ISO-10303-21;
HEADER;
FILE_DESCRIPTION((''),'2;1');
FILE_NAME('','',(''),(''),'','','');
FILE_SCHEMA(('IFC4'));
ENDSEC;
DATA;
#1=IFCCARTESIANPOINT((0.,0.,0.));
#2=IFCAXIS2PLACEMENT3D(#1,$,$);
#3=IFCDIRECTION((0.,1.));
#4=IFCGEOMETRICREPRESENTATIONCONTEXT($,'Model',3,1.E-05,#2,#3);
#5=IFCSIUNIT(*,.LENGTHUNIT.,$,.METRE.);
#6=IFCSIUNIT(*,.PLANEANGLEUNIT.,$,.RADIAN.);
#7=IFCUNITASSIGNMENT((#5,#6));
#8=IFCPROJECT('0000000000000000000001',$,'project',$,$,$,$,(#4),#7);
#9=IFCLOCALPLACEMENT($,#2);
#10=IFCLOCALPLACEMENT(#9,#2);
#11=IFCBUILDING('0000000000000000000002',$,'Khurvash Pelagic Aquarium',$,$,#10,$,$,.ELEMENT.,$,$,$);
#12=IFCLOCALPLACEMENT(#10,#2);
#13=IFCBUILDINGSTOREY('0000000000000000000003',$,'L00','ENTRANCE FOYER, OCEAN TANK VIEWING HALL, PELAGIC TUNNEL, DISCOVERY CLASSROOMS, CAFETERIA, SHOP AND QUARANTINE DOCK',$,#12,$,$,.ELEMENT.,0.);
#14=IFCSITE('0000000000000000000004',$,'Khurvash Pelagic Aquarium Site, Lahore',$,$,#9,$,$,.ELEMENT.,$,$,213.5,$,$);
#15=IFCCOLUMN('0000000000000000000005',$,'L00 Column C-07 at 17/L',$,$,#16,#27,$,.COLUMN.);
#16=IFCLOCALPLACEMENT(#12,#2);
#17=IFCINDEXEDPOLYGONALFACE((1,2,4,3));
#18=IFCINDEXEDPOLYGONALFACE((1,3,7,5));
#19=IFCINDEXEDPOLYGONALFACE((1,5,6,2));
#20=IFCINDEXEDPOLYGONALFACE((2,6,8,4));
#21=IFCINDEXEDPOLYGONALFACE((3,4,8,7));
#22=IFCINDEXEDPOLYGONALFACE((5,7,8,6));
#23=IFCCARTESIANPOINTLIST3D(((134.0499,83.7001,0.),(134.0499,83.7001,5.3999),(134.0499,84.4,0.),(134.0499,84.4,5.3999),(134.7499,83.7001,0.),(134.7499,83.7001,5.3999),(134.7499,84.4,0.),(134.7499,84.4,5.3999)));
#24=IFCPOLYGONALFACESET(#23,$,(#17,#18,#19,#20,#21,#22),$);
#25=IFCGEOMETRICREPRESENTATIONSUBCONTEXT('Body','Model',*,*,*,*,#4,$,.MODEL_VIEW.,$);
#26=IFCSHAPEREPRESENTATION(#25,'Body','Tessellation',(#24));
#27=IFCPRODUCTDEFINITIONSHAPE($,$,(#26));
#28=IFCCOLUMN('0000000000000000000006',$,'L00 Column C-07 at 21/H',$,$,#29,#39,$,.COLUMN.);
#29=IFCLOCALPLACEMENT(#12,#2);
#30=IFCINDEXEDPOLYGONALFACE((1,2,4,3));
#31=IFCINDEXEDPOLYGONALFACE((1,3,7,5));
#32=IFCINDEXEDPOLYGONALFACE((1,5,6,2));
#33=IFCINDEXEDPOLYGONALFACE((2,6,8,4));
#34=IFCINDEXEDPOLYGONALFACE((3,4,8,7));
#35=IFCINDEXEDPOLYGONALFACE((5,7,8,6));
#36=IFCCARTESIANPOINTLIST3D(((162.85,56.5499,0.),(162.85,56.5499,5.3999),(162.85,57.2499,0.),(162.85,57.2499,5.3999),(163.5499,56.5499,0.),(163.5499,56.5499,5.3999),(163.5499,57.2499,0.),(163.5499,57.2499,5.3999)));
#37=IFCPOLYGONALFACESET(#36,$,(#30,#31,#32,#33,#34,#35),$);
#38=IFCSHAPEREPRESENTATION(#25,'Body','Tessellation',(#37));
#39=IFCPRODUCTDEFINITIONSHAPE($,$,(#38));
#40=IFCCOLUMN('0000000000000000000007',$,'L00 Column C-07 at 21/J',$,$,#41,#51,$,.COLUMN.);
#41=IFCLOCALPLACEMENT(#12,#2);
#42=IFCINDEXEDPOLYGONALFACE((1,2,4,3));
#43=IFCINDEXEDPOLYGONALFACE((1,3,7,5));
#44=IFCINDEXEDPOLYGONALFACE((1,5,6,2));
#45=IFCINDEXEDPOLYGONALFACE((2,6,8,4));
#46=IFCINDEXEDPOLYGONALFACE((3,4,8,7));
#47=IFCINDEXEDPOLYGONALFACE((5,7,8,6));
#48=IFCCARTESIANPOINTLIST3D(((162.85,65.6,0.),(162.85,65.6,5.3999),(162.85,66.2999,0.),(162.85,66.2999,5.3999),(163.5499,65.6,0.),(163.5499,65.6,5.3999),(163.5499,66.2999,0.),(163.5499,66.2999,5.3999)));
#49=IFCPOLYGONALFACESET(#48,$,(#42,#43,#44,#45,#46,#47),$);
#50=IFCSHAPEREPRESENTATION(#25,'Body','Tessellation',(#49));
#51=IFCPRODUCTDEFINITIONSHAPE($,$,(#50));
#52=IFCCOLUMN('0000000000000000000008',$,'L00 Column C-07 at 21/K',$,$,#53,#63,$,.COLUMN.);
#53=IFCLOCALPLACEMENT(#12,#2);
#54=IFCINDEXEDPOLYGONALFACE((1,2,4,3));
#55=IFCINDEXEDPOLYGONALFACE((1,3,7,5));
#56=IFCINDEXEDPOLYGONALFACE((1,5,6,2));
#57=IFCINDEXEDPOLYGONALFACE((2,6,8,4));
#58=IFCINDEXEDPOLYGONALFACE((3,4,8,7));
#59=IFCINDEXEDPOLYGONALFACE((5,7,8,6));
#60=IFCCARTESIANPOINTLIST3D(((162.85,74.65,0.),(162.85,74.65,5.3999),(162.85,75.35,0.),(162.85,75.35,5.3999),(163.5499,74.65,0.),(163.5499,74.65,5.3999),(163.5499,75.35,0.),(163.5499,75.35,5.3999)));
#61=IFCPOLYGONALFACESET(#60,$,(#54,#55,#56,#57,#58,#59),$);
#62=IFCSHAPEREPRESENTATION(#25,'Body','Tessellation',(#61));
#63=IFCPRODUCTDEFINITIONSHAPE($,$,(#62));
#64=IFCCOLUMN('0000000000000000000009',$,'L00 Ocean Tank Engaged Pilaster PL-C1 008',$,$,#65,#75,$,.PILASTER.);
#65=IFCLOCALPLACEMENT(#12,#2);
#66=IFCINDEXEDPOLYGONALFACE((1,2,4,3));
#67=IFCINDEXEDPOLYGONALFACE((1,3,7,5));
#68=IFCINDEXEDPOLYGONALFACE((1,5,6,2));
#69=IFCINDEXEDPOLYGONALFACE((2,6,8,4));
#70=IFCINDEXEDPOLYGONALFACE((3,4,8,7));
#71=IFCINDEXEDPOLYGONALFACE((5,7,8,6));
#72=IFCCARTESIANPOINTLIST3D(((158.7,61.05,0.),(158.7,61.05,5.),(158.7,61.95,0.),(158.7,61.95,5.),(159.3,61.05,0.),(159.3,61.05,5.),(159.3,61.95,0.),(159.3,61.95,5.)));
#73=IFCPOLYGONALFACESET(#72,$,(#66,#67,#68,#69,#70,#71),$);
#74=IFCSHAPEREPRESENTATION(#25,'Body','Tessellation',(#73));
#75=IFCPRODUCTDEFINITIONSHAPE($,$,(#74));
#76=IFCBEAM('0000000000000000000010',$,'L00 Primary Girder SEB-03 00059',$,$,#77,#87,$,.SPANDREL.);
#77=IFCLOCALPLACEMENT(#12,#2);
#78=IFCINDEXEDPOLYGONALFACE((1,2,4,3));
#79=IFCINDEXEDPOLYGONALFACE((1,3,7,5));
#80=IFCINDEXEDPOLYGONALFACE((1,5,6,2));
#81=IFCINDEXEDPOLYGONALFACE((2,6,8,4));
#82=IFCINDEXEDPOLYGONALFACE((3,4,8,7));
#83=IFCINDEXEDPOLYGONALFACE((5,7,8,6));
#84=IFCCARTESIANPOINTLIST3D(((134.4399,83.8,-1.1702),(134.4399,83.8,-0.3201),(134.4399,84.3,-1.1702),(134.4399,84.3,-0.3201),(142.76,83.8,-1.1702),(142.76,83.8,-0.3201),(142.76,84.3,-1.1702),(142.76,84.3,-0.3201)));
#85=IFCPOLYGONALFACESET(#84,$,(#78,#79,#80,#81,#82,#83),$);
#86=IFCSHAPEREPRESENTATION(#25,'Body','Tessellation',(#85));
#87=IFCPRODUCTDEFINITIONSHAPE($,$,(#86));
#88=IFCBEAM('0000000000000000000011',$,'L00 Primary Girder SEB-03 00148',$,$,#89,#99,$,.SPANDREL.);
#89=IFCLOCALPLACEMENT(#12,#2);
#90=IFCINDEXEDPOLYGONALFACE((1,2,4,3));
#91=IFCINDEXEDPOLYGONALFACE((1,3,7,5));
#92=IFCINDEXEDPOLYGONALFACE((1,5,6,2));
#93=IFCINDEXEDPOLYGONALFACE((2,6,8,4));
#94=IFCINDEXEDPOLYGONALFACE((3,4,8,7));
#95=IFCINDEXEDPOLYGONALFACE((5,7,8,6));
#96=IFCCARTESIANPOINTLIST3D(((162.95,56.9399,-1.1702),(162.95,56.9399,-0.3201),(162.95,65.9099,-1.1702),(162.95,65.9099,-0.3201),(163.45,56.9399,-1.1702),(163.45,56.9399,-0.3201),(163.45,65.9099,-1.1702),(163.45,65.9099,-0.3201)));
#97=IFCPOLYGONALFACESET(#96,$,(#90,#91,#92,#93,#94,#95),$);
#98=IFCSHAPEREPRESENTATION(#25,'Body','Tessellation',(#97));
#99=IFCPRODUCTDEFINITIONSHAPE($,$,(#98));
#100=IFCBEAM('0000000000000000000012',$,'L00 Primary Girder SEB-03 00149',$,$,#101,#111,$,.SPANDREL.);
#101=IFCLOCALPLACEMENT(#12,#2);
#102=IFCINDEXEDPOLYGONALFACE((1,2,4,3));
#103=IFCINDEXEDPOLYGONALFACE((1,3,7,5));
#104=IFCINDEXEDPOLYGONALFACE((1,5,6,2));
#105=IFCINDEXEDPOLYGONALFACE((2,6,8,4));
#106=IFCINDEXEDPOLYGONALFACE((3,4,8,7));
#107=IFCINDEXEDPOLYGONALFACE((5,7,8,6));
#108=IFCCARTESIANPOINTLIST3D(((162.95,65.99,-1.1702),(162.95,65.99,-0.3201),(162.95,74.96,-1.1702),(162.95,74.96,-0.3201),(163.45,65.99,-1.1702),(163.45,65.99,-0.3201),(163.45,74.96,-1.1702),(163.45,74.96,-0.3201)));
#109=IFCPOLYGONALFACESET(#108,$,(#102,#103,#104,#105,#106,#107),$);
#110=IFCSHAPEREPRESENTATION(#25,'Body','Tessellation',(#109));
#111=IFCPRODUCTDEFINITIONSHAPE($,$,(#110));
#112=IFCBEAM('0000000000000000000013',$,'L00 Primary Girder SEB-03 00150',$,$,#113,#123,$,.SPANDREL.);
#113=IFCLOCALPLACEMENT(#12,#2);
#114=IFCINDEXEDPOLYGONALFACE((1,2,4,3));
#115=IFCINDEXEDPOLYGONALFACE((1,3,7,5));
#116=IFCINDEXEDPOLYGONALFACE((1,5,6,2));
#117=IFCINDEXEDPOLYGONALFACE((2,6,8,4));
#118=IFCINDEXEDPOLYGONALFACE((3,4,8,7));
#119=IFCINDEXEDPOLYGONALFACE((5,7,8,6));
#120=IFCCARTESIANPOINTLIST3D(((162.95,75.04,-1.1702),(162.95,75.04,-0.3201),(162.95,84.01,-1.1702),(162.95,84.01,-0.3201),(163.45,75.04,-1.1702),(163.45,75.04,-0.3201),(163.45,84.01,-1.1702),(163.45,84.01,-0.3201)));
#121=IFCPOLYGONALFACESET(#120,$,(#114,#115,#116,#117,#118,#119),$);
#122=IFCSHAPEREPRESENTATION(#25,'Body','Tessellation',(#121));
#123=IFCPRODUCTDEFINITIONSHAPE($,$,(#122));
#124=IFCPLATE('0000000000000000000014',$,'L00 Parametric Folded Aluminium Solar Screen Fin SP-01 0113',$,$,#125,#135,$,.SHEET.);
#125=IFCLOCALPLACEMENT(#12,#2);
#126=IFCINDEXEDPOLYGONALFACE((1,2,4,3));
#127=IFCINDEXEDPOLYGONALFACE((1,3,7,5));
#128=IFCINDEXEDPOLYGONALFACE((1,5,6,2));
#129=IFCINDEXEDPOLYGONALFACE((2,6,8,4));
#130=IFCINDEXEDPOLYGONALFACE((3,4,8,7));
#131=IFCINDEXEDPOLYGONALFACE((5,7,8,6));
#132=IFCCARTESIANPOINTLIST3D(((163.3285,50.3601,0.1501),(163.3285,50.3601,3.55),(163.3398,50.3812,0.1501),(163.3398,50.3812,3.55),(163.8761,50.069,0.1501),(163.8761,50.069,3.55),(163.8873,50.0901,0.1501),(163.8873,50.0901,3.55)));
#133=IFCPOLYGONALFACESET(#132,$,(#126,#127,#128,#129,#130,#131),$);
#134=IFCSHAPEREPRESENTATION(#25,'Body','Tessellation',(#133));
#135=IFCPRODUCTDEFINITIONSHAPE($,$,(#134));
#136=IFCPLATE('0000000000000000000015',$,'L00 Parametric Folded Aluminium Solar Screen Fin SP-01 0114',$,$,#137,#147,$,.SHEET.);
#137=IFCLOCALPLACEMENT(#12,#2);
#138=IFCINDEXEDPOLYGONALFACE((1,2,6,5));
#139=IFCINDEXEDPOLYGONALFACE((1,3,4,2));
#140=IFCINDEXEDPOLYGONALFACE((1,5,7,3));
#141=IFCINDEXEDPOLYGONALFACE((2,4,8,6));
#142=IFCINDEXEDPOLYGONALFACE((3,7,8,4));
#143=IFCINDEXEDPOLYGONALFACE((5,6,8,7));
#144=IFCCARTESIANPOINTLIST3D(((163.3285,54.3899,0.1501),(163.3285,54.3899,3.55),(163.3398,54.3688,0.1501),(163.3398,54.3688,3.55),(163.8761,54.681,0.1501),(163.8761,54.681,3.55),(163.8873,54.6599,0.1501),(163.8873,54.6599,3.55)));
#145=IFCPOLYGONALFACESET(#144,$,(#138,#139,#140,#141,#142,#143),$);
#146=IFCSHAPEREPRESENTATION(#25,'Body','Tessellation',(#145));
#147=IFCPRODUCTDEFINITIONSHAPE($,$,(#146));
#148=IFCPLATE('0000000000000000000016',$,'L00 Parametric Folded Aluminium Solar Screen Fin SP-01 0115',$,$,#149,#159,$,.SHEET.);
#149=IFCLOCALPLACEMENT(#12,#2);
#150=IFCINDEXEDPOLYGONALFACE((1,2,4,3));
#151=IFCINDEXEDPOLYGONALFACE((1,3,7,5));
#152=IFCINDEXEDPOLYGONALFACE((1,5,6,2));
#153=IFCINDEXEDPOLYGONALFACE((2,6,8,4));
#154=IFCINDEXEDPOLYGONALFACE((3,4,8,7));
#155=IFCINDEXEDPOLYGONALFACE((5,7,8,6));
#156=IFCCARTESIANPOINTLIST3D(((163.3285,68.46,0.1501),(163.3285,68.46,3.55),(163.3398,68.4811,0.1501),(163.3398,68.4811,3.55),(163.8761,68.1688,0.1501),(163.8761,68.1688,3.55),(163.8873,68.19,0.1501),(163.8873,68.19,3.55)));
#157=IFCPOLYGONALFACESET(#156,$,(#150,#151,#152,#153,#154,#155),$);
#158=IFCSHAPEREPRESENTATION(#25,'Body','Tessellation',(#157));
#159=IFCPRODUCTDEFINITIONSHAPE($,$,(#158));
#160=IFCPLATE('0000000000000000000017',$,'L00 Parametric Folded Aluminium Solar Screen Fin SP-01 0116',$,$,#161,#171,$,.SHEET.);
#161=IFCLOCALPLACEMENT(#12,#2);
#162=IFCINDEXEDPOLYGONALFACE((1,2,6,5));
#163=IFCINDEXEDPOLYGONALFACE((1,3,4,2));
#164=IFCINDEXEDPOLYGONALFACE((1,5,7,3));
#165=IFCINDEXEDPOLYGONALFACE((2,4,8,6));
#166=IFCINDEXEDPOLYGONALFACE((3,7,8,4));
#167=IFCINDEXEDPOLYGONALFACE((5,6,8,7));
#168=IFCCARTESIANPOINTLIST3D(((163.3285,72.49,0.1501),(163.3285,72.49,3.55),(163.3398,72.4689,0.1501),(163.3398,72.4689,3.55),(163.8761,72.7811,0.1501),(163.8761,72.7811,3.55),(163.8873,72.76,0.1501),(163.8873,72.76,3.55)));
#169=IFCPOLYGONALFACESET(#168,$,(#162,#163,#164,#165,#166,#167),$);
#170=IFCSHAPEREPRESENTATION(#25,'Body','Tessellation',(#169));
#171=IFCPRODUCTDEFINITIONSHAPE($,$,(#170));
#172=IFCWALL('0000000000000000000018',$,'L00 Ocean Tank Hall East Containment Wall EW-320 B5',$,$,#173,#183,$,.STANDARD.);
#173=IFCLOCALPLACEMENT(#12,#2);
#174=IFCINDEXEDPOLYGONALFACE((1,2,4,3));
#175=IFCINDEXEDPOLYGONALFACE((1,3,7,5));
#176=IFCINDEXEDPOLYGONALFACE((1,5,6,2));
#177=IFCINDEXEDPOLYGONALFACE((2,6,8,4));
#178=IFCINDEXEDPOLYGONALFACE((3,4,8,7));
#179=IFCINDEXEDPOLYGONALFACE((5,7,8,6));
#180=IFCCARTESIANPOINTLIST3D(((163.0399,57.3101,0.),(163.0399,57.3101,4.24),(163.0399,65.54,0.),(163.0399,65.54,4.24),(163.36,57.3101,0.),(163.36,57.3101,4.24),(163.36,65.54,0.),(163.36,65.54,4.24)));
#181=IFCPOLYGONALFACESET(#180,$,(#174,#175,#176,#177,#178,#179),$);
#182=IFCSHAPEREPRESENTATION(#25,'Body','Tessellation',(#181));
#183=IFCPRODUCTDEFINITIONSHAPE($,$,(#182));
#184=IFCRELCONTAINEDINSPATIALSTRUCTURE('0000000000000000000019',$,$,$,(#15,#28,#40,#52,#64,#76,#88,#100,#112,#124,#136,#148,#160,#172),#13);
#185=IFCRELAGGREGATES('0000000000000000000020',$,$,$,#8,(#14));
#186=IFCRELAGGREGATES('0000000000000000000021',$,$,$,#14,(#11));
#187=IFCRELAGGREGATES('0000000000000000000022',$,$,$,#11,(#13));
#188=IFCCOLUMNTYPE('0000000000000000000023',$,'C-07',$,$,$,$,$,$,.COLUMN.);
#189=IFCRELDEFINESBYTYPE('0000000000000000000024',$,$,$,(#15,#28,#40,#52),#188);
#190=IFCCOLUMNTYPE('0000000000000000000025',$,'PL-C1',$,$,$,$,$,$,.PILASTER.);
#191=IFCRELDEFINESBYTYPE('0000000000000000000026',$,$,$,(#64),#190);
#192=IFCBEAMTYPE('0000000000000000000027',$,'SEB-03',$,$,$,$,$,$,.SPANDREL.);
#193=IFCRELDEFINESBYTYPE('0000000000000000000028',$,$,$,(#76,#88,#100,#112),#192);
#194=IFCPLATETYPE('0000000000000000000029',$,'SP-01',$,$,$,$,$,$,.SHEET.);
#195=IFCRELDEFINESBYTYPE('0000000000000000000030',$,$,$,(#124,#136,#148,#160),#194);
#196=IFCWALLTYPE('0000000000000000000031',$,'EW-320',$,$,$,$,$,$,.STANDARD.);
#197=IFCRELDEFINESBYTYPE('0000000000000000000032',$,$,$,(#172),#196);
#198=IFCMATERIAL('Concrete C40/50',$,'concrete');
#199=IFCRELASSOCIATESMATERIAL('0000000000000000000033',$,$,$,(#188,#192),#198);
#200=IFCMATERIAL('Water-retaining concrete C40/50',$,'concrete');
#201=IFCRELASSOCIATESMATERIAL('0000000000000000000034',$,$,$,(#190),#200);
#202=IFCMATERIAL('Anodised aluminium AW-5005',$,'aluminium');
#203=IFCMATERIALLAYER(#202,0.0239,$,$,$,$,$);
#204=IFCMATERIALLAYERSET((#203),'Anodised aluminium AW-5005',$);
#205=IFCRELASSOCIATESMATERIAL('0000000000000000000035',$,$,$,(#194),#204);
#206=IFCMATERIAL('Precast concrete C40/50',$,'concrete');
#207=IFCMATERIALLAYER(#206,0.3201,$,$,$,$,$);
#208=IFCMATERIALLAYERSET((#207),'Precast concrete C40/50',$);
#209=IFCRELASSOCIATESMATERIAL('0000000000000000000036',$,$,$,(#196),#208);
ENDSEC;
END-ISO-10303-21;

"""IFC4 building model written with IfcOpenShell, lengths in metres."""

from ifc_helpers import new_model, si_unit, direction, frame, frame_2d, origin, origin_2d, place, context, subcontext, project, spatial, rectangle, extrude, material, layer, layer_set, material_profile, profile_set, type_object, element, save


model = new_model("IFC4")

# Units and contexts
model_context = context("Model", 3, precision=1e-05, world=origin(), true_north=direction((0.0, 1.0)))
body_context = subcontext(model_context, "Body", "Model", "MODEL_VIEW")
ifc_project = project(units=[si_unit("LENGTHUNIT", "METRE"), si_unit("PLANEANGLEUNIT", "RADIAN")], contexts=[model_context])

# Site, building, storey
site_placement = place(None, origin())
site = spatial("IfcSite", under=ifc_project, at=site_placement, Name="Khurvash Pelagic Aquarium Site, Lahore", CompositionType="ELEMENT", RefElevation=213.5)
building_placement = place(site_placement, origin())
building = spatial("IfcBuilding", under=site, at=building_placement, Name="Khurvash Pelagic Aquarium", CompositionType="ELEMENT")
storey_placement = place(building_placement, origin())
storey = spatial("IfcBuildingStorey", under=building, at=storey_placement, Name="L00", Description="ENTRANCE FOYER, OCEAN TANK VIEWING HALL, PELAGIC TUNNEL, DISCOVERY CLASSROOMS, CAFETERIA, SHOP AND QUARANTINE DOCK", CompositionType="ELEMENT", Elevation=0.0)

# Columns
ifc_material_1 = material(Name="Concrete C40/50", Category="concrete")
ifc_material_profile_1 = material_profile(ifc_material_1, rectangle(XDim=0.7, YDim=0.7, at=origin_2d()), Name="RC700X700")
ifc_profile_set_1 = profile_set([ifc_material_profile_1], Name="Concrete C40/50")
column_type_1 = type_object("IfcColumnType", Name="C-07", PredefinedType="COLUMN", material=ifc_profile_set_1)
for number, where, z_axis, x_axis, name in (
    (1, (134.3999, 84.05, 0.0), (0.0, 0.0, 1.0), (1.0, 0.0, 0.0), "L00 Column C-07 at 17/L"),
    (2, (163.2, 56.8999, 0.0), (0.0, 0.0, 1.0), (1.0, 0.0, 0.0), "L00 Column C-07 at 21/H"),
    (3, (163.2, 65.95, 0.0), (0.0, 0.0, 1.0), (1.0, 0.0, 0.0), "L00 Column C-07 at 21/J"),
    (4, (163.2, 75.0, 0.0), (0.0, 0.0, 1.0), (1.0, 0.0, 0.0), "L00 Column C-07 at 21/K"),
):
    element("IfcColumn", number, at=place(storey_placement, frame(where, z_axis=z_axis, x_axis=x_axis)), inside=storey, type_object=column_type_1, Name=name, PredefinedType="COLUMN", context=body_context, shape_type="SweptSolid", body=[
        extrude(rectangle(XDim=0.7, YDim=0.7, at=origin_2d()), origin(), (0.0, 0.0, 1.0), 5.3999),
    ])
ifc_material_2 = material(Name="Water-retaining concrete C40/50", Category="concrete")
ifc_material_profile_2 = material_profile(ifc_material_2, rectangle(XDim=0.6001, YDim=0.8999, at=origin_2d()), Name="RC600X900")
ifc_profile_set_2 = profile_set([ifc_material_profile_2], Name="Water-retaining concrete C40/50")
column_type_2 = type_object("IfcColumnType", Name="PL-C1", PredefinedType="PILASTER", material=ifc_profile_set_2)
column_placement = place(storey_placement, frame((159.0, 61.5, 0.0), z_axis=(0.0, 0.0, 1.0), x_axis=(1.0, 0.0, 0.0)))
element("IfcColumn", 5, at=column_placement, inside=storey, type_object=column_type_2, Name="L00 Ocean Tank Engaged Pilaster PL-C1 008", PredefinedType="PILASTER", context=body_context, shape_type="SweptSolid", body=[
    extrude(rectangle(XDim=0.6001, YDim=0.8999, at=origin_2d()), origin(), (0.0, 0.0, 1.0), 5.0),
])

# Beams
ifc_material_profile_3 = material_profile(ifc_material_1, rectangle(XDim=0.5, YDim=0.8501, at=origin_2d()), Name="RC500X850")
ifc_profile_set_3 = profile_set([ifc_material_profile_3], Name="Concrete C40/50")
beam_type = type_object("IfcBeamType", Name="SEB-03", PredefinedType="SPANDREL", material=ifc_profile_set_3)
beam_placement = place(storey_placement, frame((134.4399, 84.05, -0.7451), z_axis=(1.0, 0.0, 0.0), x_axis=(0.0, 1.0, 0.0)))
element("IfcBeam", 6, at=beam_placement, inside=storey, type_object=beam_type, Name="L00 Primary Girder SEB-03 00059", PredefinedType="SPANDREL", context=body_context, shape_type="SweptSolid", body=[
    extrude(rectangle(XDim=0.5, YDim=0.8501, at=origin_2d()), origin(), (0.0, 0.0, 1.0), 8.3201),
])
for number, where, z_axis, x_axis, name in (
    (7, (163.2, 56.9399, -0.7451), (0.0, 1.0, 0.0), (-1.0, 0.0, 0.0), "L00 Primary Girder SEB-03 00148"),
    (8, (163.2, 65.99, -0.7451), (0.0, 1.0, 0.0), (-1.0, 0.0, 0.0), "L00 Primary Girder SEB-03 00149"),
    (9, (163.2, 75.04, -0.7451), (0.0, 1.0, 0.0), (-1.0, 0.0, 0.0), "L00 Primary Girder SEB-03 00150"),
):
    element("IfcBeam", number, at=place(storey_placement, frame(where, z_axis=z_axis, x_axis=x_axis)), inside=storey, type_object=beam_type, Name=name, PredefinedType="SPANDREL", context=body_context, shape_type="SweptSolid", body=[
        extrude(rectangle(XDim=0.5, YDim=0.8501, at=origin_2d()), origin(), (0.0, 0.0, 1.0), 8.97),
    ])

# Plates
ifc_material_3 = material(Name="Anodised aluminium AW-5005", Category="aluminium")
ifc_layer_1 = layer(ifc_material_3, 0.0239)
ifc_layer_set_1 = layer_set([ifc_layer_1], Name="Anodised aluminium AW-5005")
plate_type = type_object("IfcPlateType", Name="SP-01", PredefinedType="SHEET", material=ifc_layer_set_1)
for number, where, z_axis, x_axis, name in (
    (10, (163.6079, 50.2251, 0.1501), (0.0, 0.0, 1.0), (0.882948, -0.469472, 0.0), "L00 Parametric Folded Aluminium Solar Screen Fin SP-01 0113"),
    (11, (163.6079, 54.5249, 0.1501), (0.0, 0.0, 1.0), (0.882948, 0.469472, 0.0), "L00 Parametric Folded Aluminium Solar Screen Fin SP-01 0114"),
    (12, (163.6079, 68.325, 0.1501), (0.0, 0.0, 1.0), (0.882948, -0.469472, 0.0), "L00 Parametric Folded Aluminium Solar Screen Fin SP-01 0115"),
    (13, (163.6079, 72.625, 0.1501), (0.0, 0.0, 1.0), (0.882948, 0.469472, 0.0), "L00 Parametric Folded Aluminium Solar Screen Fin SP-01 0116"),
):
    element("IfcPlate", number, at=place(storey_placement, frame(where, z_axis=z_axis, x_axis=x_axis)), inside=storey, type_object=plate_type, Name=name, PredefinedType="SHEET", context=body_context, shape_type="SweptSolid", body=[
        extrude(rectangle(XDim=0.6201, YDim=0.0239, at=origin_2d()), origin(), (0.0, 0.0, 1.0), 3.3999),
    ])

# Wall
ifc_material_4 = material(Name="Precast concrete C40/50", Category="concrete")
ifc_layer_2 = layer(ifc_material_4, 0.3201)
ifc_layer_set_2 = layer_set([ifc_layer_2], Name="Precast concrete C40/50")
wall_type_1 = type_object("IfcWallType", Name="EW-320", PredefinedType="STANDARD", material=ifc_layer_set_2)
wall_1_placement = place(storey_placement, frame((163.2, 57.3101, 0.0), z_axis=(0.0, 0.0, 1.0), x_axis=(0.0, 1.0, 0.0)))
element("IfcWall", 14, at=wall_1_placement, inside=storey, type_object=wall_type_1, Name="L00 Ocean Tank Hall East Containment Wall EW-320 B5", PredefinedType="STANDARD", context=body_context, shape_type="SweptSolid", body=[
    extrude(rectangle(XDim=8.23, YDim=0.3201, at=frame_2d((4.115, 0.0))), origin(), (0.0, 0.0, 1.0), 4.24),
])

save(model, "model.ifc")
